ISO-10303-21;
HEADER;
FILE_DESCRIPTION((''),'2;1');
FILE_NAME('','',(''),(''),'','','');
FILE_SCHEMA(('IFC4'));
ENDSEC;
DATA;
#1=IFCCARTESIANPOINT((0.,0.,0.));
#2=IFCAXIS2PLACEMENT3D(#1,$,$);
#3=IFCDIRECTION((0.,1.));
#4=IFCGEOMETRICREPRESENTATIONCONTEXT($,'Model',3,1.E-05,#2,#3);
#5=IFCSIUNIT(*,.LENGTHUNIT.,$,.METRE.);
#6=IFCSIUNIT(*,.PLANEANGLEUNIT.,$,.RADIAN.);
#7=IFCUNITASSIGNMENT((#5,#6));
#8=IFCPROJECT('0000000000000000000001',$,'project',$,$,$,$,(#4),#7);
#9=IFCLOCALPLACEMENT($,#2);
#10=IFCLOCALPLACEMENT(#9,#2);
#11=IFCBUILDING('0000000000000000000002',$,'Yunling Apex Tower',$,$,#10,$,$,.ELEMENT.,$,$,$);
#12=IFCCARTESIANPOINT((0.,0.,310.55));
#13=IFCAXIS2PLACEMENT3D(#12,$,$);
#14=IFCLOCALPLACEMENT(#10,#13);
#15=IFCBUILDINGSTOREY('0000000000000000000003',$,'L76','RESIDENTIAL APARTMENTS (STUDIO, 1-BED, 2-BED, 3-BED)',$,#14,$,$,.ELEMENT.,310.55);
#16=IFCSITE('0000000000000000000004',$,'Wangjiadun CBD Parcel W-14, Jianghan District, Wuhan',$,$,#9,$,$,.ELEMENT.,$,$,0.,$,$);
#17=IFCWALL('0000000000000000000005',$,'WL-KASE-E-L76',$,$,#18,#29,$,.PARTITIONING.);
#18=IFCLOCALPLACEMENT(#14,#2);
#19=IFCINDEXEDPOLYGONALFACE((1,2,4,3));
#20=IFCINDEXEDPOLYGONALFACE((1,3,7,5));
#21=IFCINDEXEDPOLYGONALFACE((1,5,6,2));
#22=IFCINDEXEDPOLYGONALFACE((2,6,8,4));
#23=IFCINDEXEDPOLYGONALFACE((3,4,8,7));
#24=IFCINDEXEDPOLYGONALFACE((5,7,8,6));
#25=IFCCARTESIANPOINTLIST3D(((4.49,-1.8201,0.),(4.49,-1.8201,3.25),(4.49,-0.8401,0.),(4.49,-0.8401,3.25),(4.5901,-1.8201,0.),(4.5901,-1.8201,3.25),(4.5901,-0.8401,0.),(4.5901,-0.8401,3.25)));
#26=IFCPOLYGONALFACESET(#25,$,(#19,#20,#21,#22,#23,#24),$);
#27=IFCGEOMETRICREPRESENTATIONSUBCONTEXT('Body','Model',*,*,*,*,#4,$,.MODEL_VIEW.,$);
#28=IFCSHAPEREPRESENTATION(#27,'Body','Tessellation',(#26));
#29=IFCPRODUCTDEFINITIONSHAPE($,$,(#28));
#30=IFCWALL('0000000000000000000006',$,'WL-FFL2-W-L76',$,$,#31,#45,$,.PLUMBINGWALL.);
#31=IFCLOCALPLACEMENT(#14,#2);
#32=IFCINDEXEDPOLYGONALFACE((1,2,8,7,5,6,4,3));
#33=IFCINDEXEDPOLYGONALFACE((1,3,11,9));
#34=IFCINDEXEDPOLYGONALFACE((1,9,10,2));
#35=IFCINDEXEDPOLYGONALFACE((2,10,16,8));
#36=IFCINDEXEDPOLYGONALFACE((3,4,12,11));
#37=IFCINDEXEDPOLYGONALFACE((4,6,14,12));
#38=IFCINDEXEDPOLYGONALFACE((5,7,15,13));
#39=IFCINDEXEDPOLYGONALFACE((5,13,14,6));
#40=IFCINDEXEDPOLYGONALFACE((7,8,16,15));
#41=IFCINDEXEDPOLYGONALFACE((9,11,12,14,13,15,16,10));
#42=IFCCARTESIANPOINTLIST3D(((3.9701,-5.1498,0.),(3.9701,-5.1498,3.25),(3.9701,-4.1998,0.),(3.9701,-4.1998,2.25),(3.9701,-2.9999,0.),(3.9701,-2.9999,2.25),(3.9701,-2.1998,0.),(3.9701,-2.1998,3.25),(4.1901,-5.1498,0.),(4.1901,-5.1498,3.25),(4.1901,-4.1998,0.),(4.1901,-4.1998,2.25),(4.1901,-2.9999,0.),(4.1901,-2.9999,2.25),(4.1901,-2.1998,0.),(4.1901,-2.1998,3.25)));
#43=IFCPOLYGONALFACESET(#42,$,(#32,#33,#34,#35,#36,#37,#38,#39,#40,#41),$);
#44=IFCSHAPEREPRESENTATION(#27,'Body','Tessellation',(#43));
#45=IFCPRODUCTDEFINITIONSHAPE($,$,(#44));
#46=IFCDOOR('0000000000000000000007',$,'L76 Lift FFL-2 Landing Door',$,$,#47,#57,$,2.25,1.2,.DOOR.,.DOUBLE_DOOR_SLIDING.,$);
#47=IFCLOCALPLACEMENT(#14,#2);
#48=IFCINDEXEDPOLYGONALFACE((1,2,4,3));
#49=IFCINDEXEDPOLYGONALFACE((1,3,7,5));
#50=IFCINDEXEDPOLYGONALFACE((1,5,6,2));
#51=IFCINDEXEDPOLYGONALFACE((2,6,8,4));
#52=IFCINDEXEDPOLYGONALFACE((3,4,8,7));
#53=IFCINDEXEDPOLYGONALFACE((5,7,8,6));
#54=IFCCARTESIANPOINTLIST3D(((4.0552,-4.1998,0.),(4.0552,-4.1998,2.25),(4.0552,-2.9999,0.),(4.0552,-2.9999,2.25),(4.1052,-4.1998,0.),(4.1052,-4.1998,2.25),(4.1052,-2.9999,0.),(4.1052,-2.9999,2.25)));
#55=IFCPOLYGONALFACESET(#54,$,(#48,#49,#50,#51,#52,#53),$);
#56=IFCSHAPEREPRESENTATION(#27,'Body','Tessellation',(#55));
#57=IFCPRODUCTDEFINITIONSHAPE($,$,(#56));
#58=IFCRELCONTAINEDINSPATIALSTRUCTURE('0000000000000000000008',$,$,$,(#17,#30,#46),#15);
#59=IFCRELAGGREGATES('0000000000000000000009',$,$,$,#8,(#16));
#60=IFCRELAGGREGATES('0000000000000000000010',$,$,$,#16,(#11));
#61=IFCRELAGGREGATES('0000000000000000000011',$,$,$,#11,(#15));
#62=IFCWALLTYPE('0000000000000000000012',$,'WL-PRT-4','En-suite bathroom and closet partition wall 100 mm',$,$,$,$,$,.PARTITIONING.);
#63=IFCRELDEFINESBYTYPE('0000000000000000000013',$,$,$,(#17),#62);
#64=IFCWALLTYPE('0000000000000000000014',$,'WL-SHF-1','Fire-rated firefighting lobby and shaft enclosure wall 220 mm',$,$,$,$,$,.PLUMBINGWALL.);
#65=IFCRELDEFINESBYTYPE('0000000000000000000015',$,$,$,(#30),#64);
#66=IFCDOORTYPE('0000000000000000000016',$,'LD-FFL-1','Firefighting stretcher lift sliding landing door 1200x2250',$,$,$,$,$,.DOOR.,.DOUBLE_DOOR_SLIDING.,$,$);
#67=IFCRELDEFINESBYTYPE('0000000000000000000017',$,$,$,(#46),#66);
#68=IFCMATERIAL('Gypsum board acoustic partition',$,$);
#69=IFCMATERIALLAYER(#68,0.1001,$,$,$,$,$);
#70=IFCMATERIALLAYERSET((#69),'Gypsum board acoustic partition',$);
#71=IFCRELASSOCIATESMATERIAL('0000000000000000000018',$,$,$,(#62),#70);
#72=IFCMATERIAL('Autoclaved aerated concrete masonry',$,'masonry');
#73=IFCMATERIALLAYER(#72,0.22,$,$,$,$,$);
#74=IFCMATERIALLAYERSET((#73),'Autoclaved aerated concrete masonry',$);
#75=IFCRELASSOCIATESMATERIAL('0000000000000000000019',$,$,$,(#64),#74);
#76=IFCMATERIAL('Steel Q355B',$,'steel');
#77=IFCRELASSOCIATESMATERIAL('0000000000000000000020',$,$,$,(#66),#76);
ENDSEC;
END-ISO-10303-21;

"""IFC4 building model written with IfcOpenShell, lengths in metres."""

from ifc_helpers import new_model, si_unit, direction, frame, frame_2d, origin, place, context, subcontext, project, spatial, rectangle, extrude, material, layer, layer_set, type_object, element, fill, save


model = new_model("IFC4")

# Units and contexts
model_context = context("Model", 3, precision=1e-05, world=origin(), true_north=direction((0.0, 1.0)))
body_context = subcontext(model_context, "Body", "Model", "MODEL_VIEW")
ifc_project = project(units=[si_unit("LENGTHUNIT", "METRE"), si_unit("PLANEANGLEUNIT", "RADIAN")], contexts=[model_context])

# Site, building, storey
site_placement = place(None, origin())
site = spatial("IfcSite", under=ifc_project, at=site_placement, Name="Wangjiadun CBD Parcel W-14, Jianghan District, Wuhan", CompositionType="ELEMENT", RefElevation=0.0)
building_placement = place(site_placement, origin())
building = spatial("IfcBuilding", under=site, at=building_placement, Name="Yunling Apex Tower", CompositionType="ELEMENT")
storey_placement = place(building_placement, frame((0.0, 0.0, 310.55)))
storey = spatial("IfcBuildingStorey", under=building, at=storey_placement, Name="L76", Description="RESIDENTIAL APARTMENTS (STUDIO, 1-BED, 2-BED, 3-BED)", CompositionType="ELEMENT", Elevation=310.55)

# Shared definitions
ifc_material_1 = material(Name="Steel Q355B", Category="steel")

# Wall
ifc_material_2 = material(Name="Gypsum board acoustic partition")
ifc_layer_1 = layer(ifc_material_2, 0.1001)
ifc_layer_set_1 = layer_set([ifc_layer_1], Name="Gypsum board acoustic partition")
wall_type_1 = type_object("IfcWallType", Name="WL-PRT-4", Description="En-suite bathroom and closet partition wall 100 mm", PredefinedType="PARTITIONING", material=ifc_layer_set_1)
wall_1_placement = place(storey_placement, frame((4.54, -1.8201, 0.0), z_axis=(0.0, 0.0, 1.0), x_axis=(0.0, 1.0, 0.0)))
element("IfcWall", 1, at=wall_1_placement, inside=storey, type_object=wall_type_1, Name="WL-KASE-E-L76", PredefinedType="PARTITIONING", context=body_context, shape_type="SweptSolid", body=[
    extrude(rectangle(XDim=0.98, YDim=0.1001, at=frame_2d((0.49, 0.0))), origin(), (0.0, 0.0, 1.0), 3.25),
])

# Wall, opening, door
ifc_material_3 = material(Name="Autoclaved aerated concrete masonry", Category="masonry")
ifc_layer_2 = layer(ifc_material_3, 0.22)
ifc_layer_set_2 = layer_set([ifc_layer_2], Name="Autoclaved aerated concrete masonry")
wall_type_2 = type_object("IfcWallType", Name="WL-SHF-1", Description="Fire-rated firefighting lobby and shaft enclosure wall 220 mm", PredefinedType="PLUMBINGWALL", material=ifc_layer_set_2)
wall_2_placement = place(storey_placement, frame((4.0801, -5.1499, 0.0), z_axis=(0.0, 0.0, 1.0), x_axis=(0.0, 1.0, 0.0)))
wall_2 = element("IfcWall", 2, at=wall_2_placement, inside=storey, type_object=wall_type_2, Name="WL-FFL2-W-L76", PredefinedType="PLUMBINGWALL", context=body_context, shape_type="SweptSolid", body=[
    extrude(rectangle(XDim=2.95, YDim=0.22, at=frame_2d((1.4751, 0.0))), origin(), (0.0, 0.0, 1.0), 3.25),
])
opening_placement = place(wall_2_placement, frame((0.95, 0.0, 0.0)))
opening = element("IfcOpeningElement", 3, at=opening_placement, cuts=wall_2, PredefinedType="OPENING", context=body_context, shape_type="SweptSolid", body=[
    extrude(rectangle(XDim=1.2, YDim=2.25, at=frame_2d((0.6001, 1.125))), frame((0.0, 0.1201, 0.0), z_axis=(0.0, -1.0, 0.0), x_axis=(1.0, 0.0, 0.0)), (0.0, 0.0, 1.0), 0.24),
])
door_type = type_object("IfcDoorType", Name="LD-FFL-1", Description="Firefighting stretcher lift sliding landing door 1200x2250", OperationType="DOUBLE_DOOR_SLIDING", PredefinedType="DOOR", material=ifc_material_1)
door_placement = place(opening_placement, origin())
door = element("IfcDoor", 4, at=door_placement, inside=storey, type_object=door_type, Name="L76 Lift FFL-2 Landing Door", OperationType="DOUBLE_DOOR_SLIDING", OverallHeight=2.25, OverallWidth=1.2, PredefinedType="DOOR", context=body_context, shape_type="SweptSolid", body=[
    extrude(rectangle(XDim=1.2, YDim=2.25, at=frame_2d((0.6001, 1.125))), frame((0.0, 0.0249, 0.0), z_axis=(0.0, -1.0, 0.0), x_axis=(1.0, 0.0, 0.0)), (0.0, 0.0, 1.0), 0.05),
])
fill(opening, door)

save(model, "model.ifc")
